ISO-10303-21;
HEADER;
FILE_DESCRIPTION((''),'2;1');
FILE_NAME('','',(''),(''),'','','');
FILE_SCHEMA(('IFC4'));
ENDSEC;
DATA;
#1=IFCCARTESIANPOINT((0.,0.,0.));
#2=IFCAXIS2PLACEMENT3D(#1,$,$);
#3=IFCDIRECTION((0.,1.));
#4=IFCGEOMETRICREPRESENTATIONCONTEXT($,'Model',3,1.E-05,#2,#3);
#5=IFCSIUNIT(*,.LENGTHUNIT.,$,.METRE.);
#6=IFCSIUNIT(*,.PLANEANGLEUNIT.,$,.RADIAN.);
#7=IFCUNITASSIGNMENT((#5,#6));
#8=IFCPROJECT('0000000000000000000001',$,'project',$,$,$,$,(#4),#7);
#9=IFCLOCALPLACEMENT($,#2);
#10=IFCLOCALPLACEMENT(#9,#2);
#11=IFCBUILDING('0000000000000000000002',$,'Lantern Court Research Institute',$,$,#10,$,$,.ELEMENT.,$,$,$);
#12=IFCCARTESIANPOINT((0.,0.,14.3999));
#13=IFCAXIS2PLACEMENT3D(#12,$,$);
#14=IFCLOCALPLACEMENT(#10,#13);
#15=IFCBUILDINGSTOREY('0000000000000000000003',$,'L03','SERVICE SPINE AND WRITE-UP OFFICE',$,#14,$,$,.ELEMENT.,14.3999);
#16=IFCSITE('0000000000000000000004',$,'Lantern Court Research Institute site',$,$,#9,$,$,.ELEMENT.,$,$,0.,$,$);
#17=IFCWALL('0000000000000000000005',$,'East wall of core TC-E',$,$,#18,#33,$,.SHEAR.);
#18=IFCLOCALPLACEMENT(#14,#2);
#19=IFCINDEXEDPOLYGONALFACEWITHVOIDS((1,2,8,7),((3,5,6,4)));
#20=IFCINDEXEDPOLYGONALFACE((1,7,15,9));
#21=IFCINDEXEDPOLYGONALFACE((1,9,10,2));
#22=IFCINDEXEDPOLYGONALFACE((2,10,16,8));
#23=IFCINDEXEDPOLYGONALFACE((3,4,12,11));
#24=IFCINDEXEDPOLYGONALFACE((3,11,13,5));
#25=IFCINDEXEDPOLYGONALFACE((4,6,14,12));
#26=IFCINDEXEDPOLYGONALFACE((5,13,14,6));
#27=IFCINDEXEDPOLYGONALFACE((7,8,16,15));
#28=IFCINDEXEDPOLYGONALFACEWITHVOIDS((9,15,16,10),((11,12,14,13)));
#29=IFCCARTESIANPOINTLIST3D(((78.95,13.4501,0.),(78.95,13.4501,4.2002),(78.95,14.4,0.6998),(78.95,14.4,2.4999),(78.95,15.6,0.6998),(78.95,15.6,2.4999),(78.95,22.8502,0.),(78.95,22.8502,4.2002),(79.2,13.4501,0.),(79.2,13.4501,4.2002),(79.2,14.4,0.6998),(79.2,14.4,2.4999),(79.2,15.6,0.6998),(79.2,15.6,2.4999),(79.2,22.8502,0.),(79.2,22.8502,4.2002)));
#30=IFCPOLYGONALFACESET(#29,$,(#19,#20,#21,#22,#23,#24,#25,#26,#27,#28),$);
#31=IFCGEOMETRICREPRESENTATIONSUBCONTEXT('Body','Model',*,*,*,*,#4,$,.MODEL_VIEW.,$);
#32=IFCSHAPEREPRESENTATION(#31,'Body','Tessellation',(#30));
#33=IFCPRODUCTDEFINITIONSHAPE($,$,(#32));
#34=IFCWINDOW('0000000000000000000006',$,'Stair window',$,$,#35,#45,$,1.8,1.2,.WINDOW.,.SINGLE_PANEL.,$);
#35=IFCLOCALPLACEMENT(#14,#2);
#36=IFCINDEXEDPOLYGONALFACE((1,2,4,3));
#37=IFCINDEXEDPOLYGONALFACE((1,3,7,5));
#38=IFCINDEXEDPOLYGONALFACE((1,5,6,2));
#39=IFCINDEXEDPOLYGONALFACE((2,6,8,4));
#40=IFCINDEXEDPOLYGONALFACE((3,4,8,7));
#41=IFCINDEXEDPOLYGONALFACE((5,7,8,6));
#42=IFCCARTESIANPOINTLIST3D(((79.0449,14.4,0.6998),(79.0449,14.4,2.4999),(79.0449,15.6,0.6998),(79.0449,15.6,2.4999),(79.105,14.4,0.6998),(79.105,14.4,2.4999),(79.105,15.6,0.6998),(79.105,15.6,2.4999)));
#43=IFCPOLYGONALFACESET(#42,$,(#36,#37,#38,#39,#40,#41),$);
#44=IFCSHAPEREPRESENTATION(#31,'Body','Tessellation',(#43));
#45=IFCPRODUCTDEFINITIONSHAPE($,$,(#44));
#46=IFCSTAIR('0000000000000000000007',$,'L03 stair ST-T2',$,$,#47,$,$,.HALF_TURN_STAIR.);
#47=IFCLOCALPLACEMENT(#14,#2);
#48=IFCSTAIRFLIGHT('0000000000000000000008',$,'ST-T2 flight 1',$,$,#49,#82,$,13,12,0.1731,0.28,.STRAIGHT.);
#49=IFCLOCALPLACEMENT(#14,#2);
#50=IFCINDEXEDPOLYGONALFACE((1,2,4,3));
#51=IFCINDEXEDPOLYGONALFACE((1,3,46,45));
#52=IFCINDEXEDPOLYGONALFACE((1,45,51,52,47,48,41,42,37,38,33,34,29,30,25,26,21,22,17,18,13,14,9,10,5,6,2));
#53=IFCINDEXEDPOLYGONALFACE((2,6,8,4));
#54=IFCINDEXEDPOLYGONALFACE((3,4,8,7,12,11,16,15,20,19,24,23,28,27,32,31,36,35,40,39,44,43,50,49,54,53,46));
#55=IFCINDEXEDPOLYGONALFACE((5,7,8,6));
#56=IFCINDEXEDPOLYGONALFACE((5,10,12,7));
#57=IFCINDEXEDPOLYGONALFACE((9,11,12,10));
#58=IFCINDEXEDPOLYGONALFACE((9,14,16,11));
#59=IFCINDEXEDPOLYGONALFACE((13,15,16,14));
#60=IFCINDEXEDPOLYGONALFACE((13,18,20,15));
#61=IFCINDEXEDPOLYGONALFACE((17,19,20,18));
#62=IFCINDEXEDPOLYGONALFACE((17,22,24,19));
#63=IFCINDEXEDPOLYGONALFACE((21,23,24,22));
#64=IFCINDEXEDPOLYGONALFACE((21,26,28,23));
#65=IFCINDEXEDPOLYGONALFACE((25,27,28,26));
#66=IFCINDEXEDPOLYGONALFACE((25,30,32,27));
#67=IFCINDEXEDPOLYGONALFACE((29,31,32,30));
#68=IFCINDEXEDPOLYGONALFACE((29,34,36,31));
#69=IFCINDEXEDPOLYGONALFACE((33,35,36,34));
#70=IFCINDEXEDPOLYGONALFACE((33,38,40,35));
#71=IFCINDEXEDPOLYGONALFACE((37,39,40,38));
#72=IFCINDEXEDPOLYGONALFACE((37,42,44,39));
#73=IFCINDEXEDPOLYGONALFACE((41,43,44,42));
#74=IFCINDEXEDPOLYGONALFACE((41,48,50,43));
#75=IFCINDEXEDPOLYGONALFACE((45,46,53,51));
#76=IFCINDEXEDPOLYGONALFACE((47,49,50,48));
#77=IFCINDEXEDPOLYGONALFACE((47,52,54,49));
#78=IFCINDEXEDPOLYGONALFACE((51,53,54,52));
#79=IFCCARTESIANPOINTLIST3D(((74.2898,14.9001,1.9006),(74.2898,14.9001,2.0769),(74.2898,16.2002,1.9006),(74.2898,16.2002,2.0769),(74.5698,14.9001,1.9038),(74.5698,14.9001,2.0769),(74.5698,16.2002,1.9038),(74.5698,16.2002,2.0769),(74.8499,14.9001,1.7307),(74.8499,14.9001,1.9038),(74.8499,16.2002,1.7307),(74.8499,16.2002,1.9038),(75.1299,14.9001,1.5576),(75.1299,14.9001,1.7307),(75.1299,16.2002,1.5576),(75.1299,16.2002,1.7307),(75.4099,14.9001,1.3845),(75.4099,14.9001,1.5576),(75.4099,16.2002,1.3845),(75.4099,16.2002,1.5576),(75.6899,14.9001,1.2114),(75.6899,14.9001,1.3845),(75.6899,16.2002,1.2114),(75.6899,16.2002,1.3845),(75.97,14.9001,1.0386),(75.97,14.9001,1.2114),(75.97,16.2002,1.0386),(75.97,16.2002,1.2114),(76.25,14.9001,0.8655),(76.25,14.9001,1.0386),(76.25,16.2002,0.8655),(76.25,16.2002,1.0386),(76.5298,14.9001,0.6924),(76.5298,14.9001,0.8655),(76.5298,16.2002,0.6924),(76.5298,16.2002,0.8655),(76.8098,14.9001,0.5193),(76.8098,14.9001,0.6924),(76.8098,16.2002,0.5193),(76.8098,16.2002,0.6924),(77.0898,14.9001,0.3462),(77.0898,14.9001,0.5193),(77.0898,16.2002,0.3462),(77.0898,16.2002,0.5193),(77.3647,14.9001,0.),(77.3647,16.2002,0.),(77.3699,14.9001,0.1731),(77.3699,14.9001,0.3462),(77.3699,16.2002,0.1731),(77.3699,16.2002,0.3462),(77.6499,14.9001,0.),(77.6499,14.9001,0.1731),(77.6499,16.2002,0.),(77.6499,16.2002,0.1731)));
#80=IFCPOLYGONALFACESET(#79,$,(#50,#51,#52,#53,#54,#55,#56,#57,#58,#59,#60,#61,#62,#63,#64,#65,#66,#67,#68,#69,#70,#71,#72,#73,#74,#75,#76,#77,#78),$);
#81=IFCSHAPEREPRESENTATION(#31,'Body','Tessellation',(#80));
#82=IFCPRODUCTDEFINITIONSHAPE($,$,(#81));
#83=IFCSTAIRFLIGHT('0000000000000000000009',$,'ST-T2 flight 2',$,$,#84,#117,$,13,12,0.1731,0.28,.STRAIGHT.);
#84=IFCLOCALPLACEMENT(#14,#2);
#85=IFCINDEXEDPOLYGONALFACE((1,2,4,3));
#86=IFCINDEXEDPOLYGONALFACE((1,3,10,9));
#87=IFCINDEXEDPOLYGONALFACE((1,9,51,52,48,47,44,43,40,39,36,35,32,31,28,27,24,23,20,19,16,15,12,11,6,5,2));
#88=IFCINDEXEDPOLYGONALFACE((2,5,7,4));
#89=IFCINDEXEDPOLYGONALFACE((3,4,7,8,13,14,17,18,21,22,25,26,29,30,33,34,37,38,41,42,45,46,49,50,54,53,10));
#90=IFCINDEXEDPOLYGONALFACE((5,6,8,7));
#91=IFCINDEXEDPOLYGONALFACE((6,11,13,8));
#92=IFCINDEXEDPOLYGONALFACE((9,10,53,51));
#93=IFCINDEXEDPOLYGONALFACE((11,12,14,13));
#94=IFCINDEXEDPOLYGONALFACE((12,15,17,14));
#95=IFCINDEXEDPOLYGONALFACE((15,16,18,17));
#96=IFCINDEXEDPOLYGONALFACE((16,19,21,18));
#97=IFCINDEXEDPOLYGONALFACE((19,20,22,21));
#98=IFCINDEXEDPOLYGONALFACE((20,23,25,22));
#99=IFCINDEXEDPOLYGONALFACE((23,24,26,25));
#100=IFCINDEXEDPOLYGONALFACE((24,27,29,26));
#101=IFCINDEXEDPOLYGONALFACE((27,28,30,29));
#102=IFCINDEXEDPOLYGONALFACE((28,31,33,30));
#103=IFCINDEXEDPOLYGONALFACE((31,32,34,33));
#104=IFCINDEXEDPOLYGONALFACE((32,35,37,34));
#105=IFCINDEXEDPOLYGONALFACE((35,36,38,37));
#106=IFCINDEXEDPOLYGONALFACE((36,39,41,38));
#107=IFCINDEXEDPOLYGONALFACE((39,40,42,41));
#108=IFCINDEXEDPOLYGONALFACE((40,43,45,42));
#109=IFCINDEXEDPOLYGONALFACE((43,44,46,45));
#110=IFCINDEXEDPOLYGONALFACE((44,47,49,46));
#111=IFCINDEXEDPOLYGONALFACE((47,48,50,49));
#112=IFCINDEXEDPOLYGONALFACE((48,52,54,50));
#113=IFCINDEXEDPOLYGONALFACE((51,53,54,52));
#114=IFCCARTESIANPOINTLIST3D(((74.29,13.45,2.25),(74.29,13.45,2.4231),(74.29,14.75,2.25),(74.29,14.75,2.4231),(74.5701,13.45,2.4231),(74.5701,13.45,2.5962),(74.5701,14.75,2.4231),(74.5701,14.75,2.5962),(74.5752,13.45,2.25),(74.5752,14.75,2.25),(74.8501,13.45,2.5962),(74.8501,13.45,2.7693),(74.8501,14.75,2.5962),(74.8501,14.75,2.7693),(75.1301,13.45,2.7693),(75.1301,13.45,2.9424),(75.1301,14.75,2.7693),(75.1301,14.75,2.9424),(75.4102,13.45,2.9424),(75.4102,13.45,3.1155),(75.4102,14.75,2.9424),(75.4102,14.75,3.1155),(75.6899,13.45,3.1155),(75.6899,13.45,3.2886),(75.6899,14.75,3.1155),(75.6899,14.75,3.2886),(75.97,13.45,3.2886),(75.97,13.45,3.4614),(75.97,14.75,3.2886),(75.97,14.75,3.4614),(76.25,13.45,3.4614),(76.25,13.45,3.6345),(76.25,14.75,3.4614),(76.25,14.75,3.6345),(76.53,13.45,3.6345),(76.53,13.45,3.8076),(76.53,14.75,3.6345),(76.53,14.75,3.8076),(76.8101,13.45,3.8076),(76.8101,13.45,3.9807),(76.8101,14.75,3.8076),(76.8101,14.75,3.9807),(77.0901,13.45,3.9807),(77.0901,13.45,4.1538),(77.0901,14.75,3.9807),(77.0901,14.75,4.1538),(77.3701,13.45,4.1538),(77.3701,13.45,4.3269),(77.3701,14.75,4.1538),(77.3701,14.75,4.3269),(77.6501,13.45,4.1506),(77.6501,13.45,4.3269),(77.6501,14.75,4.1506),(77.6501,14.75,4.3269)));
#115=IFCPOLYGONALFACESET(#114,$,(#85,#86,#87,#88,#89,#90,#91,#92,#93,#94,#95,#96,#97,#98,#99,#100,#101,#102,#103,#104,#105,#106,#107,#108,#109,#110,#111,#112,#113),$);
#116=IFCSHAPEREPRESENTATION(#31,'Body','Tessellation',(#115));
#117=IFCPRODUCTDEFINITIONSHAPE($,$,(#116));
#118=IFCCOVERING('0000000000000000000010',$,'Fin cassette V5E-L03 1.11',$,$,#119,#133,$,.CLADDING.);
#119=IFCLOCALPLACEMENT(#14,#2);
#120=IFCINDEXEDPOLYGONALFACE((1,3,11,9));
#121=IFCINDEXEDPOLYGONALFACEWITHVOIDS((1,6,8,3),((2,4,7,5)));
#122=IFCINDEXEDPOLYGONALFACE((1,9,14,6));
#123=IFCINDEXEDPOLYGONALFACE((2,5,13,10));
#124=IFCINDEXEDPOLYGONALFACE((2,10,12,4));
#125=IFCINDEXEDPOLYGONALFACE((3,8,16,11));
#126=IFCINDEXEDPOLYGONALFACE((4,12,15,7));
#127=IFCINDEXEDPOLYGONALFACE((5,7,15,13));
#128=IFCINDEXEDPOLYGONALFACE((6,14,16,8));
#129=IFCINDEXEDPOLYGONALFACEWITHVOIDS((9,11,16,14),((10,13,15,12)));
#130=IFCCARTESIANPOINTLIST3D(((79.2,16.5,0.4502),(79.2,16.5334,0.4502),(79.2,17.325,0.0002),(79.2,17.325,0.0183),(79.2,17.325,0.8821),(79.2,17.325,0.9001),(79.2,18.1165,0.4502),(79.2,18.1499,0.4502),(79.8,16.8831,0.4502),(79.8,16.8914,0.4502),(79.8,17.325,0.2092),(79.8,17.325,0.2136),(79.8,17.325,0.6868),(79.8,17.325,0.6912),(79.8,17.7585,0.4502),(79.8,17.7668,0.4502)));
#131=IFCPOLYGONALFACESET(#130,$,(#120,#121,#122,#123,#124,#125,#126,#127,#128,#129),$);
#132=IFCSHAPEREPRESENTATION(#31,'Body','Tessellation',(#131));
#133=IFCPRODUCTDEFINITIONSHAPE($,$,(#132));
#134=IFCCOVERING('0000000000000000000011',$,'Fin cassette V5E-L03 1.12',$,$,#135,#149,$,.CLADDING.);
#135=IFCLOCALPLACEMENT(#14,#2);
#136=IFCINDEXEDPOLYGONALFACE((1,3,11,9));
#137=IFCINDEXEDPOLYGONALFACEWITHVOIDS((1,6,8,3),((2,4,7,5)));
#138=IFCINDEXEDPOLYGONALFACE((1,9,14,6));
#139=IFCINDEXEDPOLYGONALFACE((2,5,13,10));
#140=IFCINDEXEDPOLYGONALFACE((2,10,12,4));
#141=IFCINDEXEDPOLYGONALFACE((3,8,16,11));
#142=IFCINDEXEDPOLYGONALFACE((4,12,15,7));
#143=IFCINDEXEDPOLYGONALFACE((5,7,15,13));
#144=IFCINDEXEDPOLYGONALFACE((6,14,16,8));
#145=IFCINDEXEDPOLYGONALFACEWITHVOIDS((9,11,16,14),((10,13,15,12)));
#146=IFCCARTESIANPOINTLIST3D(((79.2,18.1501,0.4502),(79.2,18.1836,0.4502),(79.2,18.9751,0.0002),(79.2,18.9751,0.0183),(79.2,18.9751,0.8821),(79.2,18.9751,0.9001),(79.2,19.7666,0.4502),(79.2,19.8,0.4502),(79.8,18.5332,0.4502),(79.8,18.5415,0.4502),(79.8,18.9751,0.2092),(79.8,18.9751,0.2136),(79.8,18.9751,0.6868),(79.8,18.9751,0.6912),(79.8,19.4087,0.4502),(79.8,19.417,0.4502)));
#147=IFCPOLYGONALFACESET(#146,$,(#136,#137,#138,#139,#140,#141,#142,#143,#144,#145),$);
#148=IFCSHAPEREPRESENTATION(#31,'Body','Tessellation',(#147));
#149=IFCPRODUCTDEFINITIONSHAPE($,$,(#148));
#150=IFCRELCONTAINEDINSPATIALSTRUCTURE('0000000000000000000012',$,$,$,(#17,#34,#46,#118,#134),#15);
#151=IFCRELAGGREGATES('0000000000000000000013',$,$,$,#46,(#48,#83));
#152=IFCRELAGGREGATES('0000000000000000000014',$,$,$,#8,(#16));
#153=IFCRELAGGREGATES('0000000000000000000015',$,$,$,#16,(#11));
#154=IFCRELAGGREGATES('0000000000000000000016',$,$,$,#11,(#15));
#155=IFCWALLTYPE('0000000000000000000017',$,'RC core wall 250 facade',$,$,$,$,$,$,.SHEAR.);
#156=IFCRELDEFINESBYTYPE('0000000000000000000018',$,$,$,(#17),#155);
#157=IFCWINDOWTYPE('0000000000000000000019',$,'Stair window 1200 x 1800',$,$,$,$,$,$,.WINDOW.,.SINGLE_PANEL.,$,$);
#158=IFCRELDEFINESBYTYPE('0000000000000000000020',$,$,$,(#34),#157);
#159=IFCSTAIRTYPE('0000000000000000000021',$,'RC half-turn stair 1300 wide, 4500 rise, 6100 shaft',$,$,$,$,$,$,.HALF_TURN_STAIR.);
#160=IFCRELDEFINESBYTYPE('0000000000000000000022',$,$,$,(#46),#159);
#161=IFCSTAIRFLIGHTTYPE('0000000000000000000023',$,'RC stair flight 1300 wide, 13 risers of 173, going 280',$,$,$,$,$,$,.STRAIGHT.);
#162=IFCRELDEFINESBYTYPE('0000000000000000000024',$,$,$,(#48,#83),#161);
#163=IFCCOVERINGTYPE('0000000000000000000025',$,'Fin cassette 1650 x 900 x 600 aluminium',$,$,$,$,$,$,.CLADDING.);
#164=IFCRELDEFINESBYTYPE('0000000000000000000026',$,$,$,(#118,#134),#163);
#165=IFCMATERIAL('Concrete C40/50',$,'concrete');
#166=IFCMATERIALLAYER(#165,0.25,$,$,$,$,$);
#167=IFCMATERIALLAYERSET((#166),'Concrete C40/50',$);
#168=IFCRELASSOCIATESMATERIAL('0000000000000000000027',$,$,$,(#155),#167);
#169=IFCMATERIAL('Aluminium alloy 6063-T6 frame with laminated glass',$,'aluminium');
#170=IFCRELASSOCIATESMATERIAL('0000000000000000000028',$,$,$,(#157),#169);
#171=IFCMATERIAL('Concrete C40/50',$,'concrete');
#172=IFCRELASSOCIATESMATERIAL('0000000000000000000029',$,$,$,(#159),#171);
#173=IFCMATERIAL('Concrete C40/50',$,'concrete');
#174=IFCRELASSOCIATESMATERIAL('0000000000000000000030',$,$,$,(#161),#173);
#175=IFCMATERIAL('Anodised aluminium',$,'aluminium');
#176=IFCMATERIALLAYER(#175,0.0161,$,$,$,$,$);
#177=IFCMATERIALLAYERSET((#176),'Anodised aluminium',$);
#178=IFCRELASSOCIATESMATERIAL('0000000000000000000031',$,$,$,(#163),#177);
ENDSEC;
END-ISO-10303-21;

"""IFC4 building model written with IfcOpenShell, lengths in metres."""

from ifc_helpers import new_model, entity, si_unit, direction, frame, frame_2d, origin, place, context, subcontext, project, spatial, polyline, rectangle, outline, extrude, material, layer, layer_set, type_object, element, fill, aggregate, save


model = new_model("IFC4")

# Units and contexts
model_context = context("Model", 3, precision=1e-05, world=origin(), true_north=direction((0.0, 1.0)))
body_context = subcontext(model_context, "Body", "Model", "MODEL_VIEW")
ifc_project = project(units=[si_unit("LENGTHUNIT", "METRE"), si_unit("PLANEANGLEUNIT", "RADIAN")], contexts=[model_context])

# Site, building, storey
site_placement = place(None, origin())
site = spatial("IfcSite", under=ifc_project, at=site_placement, Name="Lantern Court Research Institute site", CompositionType="ELEMENT", RefElevation=0.0)
building_placement = place(site_placement, origin())
building = spatial("IfcBuilding", under=site, at=building_placement, Name="Lantern Court Research Institute", CompositionType="ELEMENT")
storey_placement = place(building_placement, frame((0.0, 0.0, 14.3999)))
storey = spatial("IfcBuildingStorey", under=building, at=storey_placement, Name="L03", Description="SERVICE SPINE AND WRITE-UP OFFICE", CompositionType="ELEMENT", Elevation=14.3999)

# Wall, opening, window
ifc_material_1 = material(Name="Concrete C40/50", Category="concrete")
ifc_layer_1 = layer(ifc_material_1, 0.25)
ifc_layer_set_1 = layer_set([ifc_layer_1], Name="Concrete C40/50")
wall_type = type_object("IfcWallType", Name="RC core wall 250 facade", PredefinedType="SHEAR", material=ifc_layer_set_1)
wall_placement = place(storey_placement, frame((79.075, 13.45, 0.0), z_axis=(0.0, 0.0, 1.0), x_axis=(0.0, 1.0, 0.0)))
wall = element("IfcWall", 1, at=wall_placement, inside=storey, type_object=wall_type, Name="East wall of core TC-E", PredefinedType="SHEAR", context=body_context, shape_type="SweptSolid", body=[
    extrude(rectangle(XDim=9.4001, YDim=0.25, at=frame_2d((4.7002, 0.0))), origin(), (0.0, 0.0, 1.0), 4.2002),
])
opening_placement = place(wall_placement, frame((0.95, 0.0, 0.7)))
opening = element("IfcOpeningElement", 2, at=opening_placement, cuts=wall, PredefinedType="OPENING", context=body_context, shape_type="SweptSolid", body=[
    extrude(rectangle(XDim=1.2, YDim=1.8, at=frame_2d((0.6001, 0.8999))), frame((0.0, 0.135, 0.0), z_axis=(0.0, -1.0, 0.0), x_axis=(1.0, 0.0, 0.0)), (0.0, 0.0, 1.0), 0.27),
])
ifc_material_2 = material(Name="Aluminium alloy 6063-T6 frame with laminated glass", Category="aluminium")
window_type = type_object("IfcWindowType", Name="Stair window 1200 x 1800", PartitioningType="SINGLE_PANEL", PredefinedType="WINDOW", material=ifc_material_2)
window_placement = place(opening_placement, origin())
window = element("IfcWindow", 3, at=window_placement, inside=storey, type_object=window_type, Name="Stair window", OverallHeight=1.8, OverallWidth=1.2, PartitioningType="SINGLE_PANEL", PredefinedType="WINDOW", context=body_context, shape_type="SweptSolid", body=[
    extrude(rectangle(XDim=1.2, YDim=1.8, at=frame_2d((0.6001, 0.8999))), frame((0.0, 0.03, 0.0), z_axis=(0.0, -1.0, 0.0), x_axis=(1.0, 0.0, 0.0)), (0.0, 0.0, 1.0), 0.0601),
])
fill(opening, window)

# Stair, stair flights
ifc_material_3 = material(Name="Concrete C40/50", Category="concrete")
stair_type = type_object("IfcStairType", Name="RC half-turn stair 1300 wide, 4500 rise, 6100 shaft", PredefinedType="HALF_TURN_STAIR", material=ifc_material_3)
stair_placement = place(storey_placement, origin())
stair = element("IfcStair", 4, at=stair_placement, inside=storey, type_object=stair_type, Name="L03 stair ST-T2", PredefinedType="HALF_TURN_STAIR")
ifc_material_4 = material(Name="Concrete C40/50", Category="concrete")
stair_flight_type = type_object("IfcStairFlightType", Name="RC stair flight 1300 wide, 13 risers of 173, going 280", PredefinedType="STRAIGHT", material=ifc_material_4)
stair_flight_1_placement = place(storey_placement, frame((77.6499, 15.55, 0.0), z_axis=(0.0, 0.0, 1.0), x_axis=(-1.0, 0.0, 0.0)))
stair_flight_1 = element("IfcStairFlight", 5, at=stair_flight_1_placement, type_object=stair_flight_type, Name="ST-T2 flight 1", NumberOfRisers=13, NumberOfTreads=12, PredefinedType="STRAIGHT", RiserHeight=0.1731, TreadLength=0.28, context=body_context, shape_type="SweptSolid", body=[
    extrude(outline(polyline([(0.0, 0.0), (0.0, 0.1731), (0.28, 0.1731), (0.28, 0.3462), (0.5601, 0.3462), (0.5601, 0.5193), (0.8401, 0.5193), (0.8401, 0.6924), (1.1201, 0.6924), (1.1201, 0.8655), (1.3999, 0.8655), (1.3999, 1.0386), (1.6799, 1.0386), (1.6799, 1.2114), (1.96, 1.2114), (1.96, 1.3845), (2.24, 1.3845), (2.24, 1.5576), (2.52, 1.5576), (2.52, 1.7307), (2.8, 1.7307), (2.8, 1.9038), (3.0801, 1.9038), (3.0801, 2.0769), (3.3601, 2.0769), (3.3601, 2.25), (3.3601, 1.9006), (0.2852, 0.0), (0.0, 0.0)])), frame((0.0, 0.6499, 0.0), z_axis=(0.0, -1.0, 0.0), x_axis=(1.0, 0.0, 0.0)), (0.0, 0.0, 1.0), 1.3),
])
stair_flight_2_placement = place(storey_placement, frame((74.29, 14.1001, 2.25), z_axis=(0.0, 0.0, 1.0), x_axis=(1.0, 0.0, 0.0)))
stair_flight_2 = element("IfcStairFlight", 6, at=stair_flight_2_placement, type_object=stair_flight_type, Name="ST-T2 flight 2", NumberOfRisers=13, NumberOfTreads=12, PredefinedType="STRAIGHT", RiserHeight=0.1731, TreadLength=0.28, context=body_context, shape_type="SweptSolid", body=[
    extrude(outline(polyline([(0.0, 0.0), (0.0, 0.1731), (0.28, 0.1731), (0.28, 0.3462), (0.5601, 0.3462), (0.5601, 0.5193), (0.8401, 0.5193), (0.8401, 0.6924), (1.1201, 0.6924), (1.1201, 0.8655), (1.3999, 0.8655), (1.3999, 1.0386), (1.6799, 1.0386), (1.6799, 1.2114), (1.96, 1.2114), (1.96, 1.3845), (2.24, 1.3845), (2.24, 1.5576), (2.52, 1.5576), (2.52, 1.7307), (2.8, 1.7307), (2.8, 1.9038), (3.0801, 1.9038), (3.0801, 2.0769), (3.3601, 2.0769), (3.3601, 2.25), (3.3601, 1.9006), (0.2852, 0.0), (0.0, 0.0)])), frame((0.0, 0.6499, 0.0), z_axis=(0.0, -1.0, 0.0), x_axis=(1.0, 0.0, 0.0)), (0.0, 0.0, 1.0), 1.3),
])
aggregate(stair, [stair_flight_1, stair_flight_2])

# Coverings
ifc_material_5 = material(Name="Anodised aluminium", Category="aluminium")
ifc_layer_2 = layer(ifc_material_5, 0.0161)
ifc_layer_set_2 = layer_set([ifc_layer_2], Name="Anodised aluminium")
covering_type = type_object("IfcCoveringType", Name="Fin cassette 1650 x 900 x 600 aluminium", PredefinedType="CLADDING", material=ifc_layer_set_2)
covering_1_placement = place(storey_placement, frame((79.2, 17.325, 0.4502), z_axis=(1.0, 0.0, 0.0), x_axis=(0.0, 1.0, 0.0)))
cartesian_point_1 = entity("IfcCartesianPoint", [0.825, 0.0])
cartesian_point_2 = entity("IfcCartesianPoint", [0.7915, 0.0])
cartesian_point_3 = entity("IfcCartesianPoint", [0.4419, 0.0])
cartesian_point_4 = entity("IfcCartesianPoint", [0.4336, 0.0])
element("IfcCovering", 7, at=covering_1_placement, inside=storey, type_object=covering_type, Name="Fin cassette V5E-L03 1.11", PredefinedType="CLADDING", context=body_context, shape_type="SweptSolid", body=[
    entity("IfcExtrudedAreaSolidTapered", entity("IfcArbitraryProfileDefWithVoids", "AREA", None, entity("IfcPolyline", [cartesian_point_1, entity("IfcCartesianPoint", [0.0, 0.45]), entity("IfcCartesianPoint", [-0.825, 0.0]), entity("IfcCartesianPoint", [0.0, -0.45]), cartesian_point_1]), [entity("IfcPolyline", [cartesian_point_2, entity("IfcCartesianPoint", [0.0, 0.4319]), entity("IfcCartesianPoint", [-0.7915, 0.0]), entity("IfcCartesianPoint", [0.0, -0.4319]), cartesian_point_2])]), entity("IfcAxis2Placement3D", entity("IfcCartesianPoint", [0.0, 0.0, 0.0])), entity("IfcDirection", [0.0, 0.0, 1.0]), 0.6001, entity("IfcArbitraryProfileDefWithVoids", "AREA", None, entity("IfcPolyline", [cartesian_point_3, entity("IfcCartesianPoint", [0.0, 0.241]), entity("IfcCartesianPoint", [-0.4419, 0.0]), entity("IfcCartesianPoint", [0.0, -0.241]), cartesian_point_3]), [entity("IfcPolyline", [cartesian_point_4, entity("IfcCartesianPoint", [0.0, 0.2366]), entity("IfcCartesianPoint", [-0.4336, 0.0]), entity("IfcCartesianPoint", [0.0, -0.2366]), cartesian_point_4])])),
])
covering_2_placement = place(storey_placement, frame((79.2, 18.9751, 0.4502), z_axis=(1.0, 0.0, 0.0), x_axis=(0.0, 1.0, 0.0)))
cartesian_point_5 = entity("IfcCartesianPoint", [0.825, 0.0])
cartesian_point_6 = entity("IfcCartesianPoint", [0.7915, 0.0])
cartesian_point_7 = entity("IfcCartesianPoint", [0.4419, 0.0])
cartesian_point_8 = entity("IfcCartesianPoint", [0.4336, 0.0])
element("IfcCovering", 8, at=covering_2_placement, inside=storey, type_object=covering_type, Name="Fin cassette V5E-L03 1.12", PredefinedType="CLADDING", context=body_context, shape_type="SweptSolid", body=[
    entity("IfcExtrudedAreaSolidTapered", entity("IfcArbitraryProfileDefWithVoids", "AREA", None, entity("IfcPolyline", [cartesian_point_5, entity("IfcCartesianPoint", [0.0, 0.45]), entity("IfcCartesianPoint", [-0.825, 0.0]), entity("IfcCartesianPoint", [0.0, -0.45]), cartesian_point_5]), [entity("IfcPolyline", [cartesian_point_6, entity("IfcCartesianPoint", [0.0, 0.4319]), entity("IfcCartesianPoint", [-0.7915, 0.0]), entity("IfcCartesianPoint", [0.0, -0.4319]), cartesian_point_6])]), entity("IfcAxis2Placement3D", entity("IfcCartesianPoint", [0.0, 0.0, 0.0])), entity("IfcDirection", [0.0, 0.0, 1.0]), 0.6001, entity("IfcArbitraryProfileDefWithVoids", "AREA", None, entity("IfcPolyline", [cartesian_point_7, entity("IfcCartesianPoint", [0.0, 0.241]), entity("IfcCartesianPoint", [-0.4419, 0.0]), entity("IfcCartesianPoint", [0.0, -0.241]), cartesian_point_7]), [entity("IfcPolyline", [cartesian_point_8, entity("IfcCartesianPoint", [0.0, 0.2366]), entity("IfcCartesianPoint", [-0.4336, 0.0]), entity("IfcCartesianPoint", [0.0, -0.2366]), cartesian_point_8])])),
])

save(model, "model.ifc")
